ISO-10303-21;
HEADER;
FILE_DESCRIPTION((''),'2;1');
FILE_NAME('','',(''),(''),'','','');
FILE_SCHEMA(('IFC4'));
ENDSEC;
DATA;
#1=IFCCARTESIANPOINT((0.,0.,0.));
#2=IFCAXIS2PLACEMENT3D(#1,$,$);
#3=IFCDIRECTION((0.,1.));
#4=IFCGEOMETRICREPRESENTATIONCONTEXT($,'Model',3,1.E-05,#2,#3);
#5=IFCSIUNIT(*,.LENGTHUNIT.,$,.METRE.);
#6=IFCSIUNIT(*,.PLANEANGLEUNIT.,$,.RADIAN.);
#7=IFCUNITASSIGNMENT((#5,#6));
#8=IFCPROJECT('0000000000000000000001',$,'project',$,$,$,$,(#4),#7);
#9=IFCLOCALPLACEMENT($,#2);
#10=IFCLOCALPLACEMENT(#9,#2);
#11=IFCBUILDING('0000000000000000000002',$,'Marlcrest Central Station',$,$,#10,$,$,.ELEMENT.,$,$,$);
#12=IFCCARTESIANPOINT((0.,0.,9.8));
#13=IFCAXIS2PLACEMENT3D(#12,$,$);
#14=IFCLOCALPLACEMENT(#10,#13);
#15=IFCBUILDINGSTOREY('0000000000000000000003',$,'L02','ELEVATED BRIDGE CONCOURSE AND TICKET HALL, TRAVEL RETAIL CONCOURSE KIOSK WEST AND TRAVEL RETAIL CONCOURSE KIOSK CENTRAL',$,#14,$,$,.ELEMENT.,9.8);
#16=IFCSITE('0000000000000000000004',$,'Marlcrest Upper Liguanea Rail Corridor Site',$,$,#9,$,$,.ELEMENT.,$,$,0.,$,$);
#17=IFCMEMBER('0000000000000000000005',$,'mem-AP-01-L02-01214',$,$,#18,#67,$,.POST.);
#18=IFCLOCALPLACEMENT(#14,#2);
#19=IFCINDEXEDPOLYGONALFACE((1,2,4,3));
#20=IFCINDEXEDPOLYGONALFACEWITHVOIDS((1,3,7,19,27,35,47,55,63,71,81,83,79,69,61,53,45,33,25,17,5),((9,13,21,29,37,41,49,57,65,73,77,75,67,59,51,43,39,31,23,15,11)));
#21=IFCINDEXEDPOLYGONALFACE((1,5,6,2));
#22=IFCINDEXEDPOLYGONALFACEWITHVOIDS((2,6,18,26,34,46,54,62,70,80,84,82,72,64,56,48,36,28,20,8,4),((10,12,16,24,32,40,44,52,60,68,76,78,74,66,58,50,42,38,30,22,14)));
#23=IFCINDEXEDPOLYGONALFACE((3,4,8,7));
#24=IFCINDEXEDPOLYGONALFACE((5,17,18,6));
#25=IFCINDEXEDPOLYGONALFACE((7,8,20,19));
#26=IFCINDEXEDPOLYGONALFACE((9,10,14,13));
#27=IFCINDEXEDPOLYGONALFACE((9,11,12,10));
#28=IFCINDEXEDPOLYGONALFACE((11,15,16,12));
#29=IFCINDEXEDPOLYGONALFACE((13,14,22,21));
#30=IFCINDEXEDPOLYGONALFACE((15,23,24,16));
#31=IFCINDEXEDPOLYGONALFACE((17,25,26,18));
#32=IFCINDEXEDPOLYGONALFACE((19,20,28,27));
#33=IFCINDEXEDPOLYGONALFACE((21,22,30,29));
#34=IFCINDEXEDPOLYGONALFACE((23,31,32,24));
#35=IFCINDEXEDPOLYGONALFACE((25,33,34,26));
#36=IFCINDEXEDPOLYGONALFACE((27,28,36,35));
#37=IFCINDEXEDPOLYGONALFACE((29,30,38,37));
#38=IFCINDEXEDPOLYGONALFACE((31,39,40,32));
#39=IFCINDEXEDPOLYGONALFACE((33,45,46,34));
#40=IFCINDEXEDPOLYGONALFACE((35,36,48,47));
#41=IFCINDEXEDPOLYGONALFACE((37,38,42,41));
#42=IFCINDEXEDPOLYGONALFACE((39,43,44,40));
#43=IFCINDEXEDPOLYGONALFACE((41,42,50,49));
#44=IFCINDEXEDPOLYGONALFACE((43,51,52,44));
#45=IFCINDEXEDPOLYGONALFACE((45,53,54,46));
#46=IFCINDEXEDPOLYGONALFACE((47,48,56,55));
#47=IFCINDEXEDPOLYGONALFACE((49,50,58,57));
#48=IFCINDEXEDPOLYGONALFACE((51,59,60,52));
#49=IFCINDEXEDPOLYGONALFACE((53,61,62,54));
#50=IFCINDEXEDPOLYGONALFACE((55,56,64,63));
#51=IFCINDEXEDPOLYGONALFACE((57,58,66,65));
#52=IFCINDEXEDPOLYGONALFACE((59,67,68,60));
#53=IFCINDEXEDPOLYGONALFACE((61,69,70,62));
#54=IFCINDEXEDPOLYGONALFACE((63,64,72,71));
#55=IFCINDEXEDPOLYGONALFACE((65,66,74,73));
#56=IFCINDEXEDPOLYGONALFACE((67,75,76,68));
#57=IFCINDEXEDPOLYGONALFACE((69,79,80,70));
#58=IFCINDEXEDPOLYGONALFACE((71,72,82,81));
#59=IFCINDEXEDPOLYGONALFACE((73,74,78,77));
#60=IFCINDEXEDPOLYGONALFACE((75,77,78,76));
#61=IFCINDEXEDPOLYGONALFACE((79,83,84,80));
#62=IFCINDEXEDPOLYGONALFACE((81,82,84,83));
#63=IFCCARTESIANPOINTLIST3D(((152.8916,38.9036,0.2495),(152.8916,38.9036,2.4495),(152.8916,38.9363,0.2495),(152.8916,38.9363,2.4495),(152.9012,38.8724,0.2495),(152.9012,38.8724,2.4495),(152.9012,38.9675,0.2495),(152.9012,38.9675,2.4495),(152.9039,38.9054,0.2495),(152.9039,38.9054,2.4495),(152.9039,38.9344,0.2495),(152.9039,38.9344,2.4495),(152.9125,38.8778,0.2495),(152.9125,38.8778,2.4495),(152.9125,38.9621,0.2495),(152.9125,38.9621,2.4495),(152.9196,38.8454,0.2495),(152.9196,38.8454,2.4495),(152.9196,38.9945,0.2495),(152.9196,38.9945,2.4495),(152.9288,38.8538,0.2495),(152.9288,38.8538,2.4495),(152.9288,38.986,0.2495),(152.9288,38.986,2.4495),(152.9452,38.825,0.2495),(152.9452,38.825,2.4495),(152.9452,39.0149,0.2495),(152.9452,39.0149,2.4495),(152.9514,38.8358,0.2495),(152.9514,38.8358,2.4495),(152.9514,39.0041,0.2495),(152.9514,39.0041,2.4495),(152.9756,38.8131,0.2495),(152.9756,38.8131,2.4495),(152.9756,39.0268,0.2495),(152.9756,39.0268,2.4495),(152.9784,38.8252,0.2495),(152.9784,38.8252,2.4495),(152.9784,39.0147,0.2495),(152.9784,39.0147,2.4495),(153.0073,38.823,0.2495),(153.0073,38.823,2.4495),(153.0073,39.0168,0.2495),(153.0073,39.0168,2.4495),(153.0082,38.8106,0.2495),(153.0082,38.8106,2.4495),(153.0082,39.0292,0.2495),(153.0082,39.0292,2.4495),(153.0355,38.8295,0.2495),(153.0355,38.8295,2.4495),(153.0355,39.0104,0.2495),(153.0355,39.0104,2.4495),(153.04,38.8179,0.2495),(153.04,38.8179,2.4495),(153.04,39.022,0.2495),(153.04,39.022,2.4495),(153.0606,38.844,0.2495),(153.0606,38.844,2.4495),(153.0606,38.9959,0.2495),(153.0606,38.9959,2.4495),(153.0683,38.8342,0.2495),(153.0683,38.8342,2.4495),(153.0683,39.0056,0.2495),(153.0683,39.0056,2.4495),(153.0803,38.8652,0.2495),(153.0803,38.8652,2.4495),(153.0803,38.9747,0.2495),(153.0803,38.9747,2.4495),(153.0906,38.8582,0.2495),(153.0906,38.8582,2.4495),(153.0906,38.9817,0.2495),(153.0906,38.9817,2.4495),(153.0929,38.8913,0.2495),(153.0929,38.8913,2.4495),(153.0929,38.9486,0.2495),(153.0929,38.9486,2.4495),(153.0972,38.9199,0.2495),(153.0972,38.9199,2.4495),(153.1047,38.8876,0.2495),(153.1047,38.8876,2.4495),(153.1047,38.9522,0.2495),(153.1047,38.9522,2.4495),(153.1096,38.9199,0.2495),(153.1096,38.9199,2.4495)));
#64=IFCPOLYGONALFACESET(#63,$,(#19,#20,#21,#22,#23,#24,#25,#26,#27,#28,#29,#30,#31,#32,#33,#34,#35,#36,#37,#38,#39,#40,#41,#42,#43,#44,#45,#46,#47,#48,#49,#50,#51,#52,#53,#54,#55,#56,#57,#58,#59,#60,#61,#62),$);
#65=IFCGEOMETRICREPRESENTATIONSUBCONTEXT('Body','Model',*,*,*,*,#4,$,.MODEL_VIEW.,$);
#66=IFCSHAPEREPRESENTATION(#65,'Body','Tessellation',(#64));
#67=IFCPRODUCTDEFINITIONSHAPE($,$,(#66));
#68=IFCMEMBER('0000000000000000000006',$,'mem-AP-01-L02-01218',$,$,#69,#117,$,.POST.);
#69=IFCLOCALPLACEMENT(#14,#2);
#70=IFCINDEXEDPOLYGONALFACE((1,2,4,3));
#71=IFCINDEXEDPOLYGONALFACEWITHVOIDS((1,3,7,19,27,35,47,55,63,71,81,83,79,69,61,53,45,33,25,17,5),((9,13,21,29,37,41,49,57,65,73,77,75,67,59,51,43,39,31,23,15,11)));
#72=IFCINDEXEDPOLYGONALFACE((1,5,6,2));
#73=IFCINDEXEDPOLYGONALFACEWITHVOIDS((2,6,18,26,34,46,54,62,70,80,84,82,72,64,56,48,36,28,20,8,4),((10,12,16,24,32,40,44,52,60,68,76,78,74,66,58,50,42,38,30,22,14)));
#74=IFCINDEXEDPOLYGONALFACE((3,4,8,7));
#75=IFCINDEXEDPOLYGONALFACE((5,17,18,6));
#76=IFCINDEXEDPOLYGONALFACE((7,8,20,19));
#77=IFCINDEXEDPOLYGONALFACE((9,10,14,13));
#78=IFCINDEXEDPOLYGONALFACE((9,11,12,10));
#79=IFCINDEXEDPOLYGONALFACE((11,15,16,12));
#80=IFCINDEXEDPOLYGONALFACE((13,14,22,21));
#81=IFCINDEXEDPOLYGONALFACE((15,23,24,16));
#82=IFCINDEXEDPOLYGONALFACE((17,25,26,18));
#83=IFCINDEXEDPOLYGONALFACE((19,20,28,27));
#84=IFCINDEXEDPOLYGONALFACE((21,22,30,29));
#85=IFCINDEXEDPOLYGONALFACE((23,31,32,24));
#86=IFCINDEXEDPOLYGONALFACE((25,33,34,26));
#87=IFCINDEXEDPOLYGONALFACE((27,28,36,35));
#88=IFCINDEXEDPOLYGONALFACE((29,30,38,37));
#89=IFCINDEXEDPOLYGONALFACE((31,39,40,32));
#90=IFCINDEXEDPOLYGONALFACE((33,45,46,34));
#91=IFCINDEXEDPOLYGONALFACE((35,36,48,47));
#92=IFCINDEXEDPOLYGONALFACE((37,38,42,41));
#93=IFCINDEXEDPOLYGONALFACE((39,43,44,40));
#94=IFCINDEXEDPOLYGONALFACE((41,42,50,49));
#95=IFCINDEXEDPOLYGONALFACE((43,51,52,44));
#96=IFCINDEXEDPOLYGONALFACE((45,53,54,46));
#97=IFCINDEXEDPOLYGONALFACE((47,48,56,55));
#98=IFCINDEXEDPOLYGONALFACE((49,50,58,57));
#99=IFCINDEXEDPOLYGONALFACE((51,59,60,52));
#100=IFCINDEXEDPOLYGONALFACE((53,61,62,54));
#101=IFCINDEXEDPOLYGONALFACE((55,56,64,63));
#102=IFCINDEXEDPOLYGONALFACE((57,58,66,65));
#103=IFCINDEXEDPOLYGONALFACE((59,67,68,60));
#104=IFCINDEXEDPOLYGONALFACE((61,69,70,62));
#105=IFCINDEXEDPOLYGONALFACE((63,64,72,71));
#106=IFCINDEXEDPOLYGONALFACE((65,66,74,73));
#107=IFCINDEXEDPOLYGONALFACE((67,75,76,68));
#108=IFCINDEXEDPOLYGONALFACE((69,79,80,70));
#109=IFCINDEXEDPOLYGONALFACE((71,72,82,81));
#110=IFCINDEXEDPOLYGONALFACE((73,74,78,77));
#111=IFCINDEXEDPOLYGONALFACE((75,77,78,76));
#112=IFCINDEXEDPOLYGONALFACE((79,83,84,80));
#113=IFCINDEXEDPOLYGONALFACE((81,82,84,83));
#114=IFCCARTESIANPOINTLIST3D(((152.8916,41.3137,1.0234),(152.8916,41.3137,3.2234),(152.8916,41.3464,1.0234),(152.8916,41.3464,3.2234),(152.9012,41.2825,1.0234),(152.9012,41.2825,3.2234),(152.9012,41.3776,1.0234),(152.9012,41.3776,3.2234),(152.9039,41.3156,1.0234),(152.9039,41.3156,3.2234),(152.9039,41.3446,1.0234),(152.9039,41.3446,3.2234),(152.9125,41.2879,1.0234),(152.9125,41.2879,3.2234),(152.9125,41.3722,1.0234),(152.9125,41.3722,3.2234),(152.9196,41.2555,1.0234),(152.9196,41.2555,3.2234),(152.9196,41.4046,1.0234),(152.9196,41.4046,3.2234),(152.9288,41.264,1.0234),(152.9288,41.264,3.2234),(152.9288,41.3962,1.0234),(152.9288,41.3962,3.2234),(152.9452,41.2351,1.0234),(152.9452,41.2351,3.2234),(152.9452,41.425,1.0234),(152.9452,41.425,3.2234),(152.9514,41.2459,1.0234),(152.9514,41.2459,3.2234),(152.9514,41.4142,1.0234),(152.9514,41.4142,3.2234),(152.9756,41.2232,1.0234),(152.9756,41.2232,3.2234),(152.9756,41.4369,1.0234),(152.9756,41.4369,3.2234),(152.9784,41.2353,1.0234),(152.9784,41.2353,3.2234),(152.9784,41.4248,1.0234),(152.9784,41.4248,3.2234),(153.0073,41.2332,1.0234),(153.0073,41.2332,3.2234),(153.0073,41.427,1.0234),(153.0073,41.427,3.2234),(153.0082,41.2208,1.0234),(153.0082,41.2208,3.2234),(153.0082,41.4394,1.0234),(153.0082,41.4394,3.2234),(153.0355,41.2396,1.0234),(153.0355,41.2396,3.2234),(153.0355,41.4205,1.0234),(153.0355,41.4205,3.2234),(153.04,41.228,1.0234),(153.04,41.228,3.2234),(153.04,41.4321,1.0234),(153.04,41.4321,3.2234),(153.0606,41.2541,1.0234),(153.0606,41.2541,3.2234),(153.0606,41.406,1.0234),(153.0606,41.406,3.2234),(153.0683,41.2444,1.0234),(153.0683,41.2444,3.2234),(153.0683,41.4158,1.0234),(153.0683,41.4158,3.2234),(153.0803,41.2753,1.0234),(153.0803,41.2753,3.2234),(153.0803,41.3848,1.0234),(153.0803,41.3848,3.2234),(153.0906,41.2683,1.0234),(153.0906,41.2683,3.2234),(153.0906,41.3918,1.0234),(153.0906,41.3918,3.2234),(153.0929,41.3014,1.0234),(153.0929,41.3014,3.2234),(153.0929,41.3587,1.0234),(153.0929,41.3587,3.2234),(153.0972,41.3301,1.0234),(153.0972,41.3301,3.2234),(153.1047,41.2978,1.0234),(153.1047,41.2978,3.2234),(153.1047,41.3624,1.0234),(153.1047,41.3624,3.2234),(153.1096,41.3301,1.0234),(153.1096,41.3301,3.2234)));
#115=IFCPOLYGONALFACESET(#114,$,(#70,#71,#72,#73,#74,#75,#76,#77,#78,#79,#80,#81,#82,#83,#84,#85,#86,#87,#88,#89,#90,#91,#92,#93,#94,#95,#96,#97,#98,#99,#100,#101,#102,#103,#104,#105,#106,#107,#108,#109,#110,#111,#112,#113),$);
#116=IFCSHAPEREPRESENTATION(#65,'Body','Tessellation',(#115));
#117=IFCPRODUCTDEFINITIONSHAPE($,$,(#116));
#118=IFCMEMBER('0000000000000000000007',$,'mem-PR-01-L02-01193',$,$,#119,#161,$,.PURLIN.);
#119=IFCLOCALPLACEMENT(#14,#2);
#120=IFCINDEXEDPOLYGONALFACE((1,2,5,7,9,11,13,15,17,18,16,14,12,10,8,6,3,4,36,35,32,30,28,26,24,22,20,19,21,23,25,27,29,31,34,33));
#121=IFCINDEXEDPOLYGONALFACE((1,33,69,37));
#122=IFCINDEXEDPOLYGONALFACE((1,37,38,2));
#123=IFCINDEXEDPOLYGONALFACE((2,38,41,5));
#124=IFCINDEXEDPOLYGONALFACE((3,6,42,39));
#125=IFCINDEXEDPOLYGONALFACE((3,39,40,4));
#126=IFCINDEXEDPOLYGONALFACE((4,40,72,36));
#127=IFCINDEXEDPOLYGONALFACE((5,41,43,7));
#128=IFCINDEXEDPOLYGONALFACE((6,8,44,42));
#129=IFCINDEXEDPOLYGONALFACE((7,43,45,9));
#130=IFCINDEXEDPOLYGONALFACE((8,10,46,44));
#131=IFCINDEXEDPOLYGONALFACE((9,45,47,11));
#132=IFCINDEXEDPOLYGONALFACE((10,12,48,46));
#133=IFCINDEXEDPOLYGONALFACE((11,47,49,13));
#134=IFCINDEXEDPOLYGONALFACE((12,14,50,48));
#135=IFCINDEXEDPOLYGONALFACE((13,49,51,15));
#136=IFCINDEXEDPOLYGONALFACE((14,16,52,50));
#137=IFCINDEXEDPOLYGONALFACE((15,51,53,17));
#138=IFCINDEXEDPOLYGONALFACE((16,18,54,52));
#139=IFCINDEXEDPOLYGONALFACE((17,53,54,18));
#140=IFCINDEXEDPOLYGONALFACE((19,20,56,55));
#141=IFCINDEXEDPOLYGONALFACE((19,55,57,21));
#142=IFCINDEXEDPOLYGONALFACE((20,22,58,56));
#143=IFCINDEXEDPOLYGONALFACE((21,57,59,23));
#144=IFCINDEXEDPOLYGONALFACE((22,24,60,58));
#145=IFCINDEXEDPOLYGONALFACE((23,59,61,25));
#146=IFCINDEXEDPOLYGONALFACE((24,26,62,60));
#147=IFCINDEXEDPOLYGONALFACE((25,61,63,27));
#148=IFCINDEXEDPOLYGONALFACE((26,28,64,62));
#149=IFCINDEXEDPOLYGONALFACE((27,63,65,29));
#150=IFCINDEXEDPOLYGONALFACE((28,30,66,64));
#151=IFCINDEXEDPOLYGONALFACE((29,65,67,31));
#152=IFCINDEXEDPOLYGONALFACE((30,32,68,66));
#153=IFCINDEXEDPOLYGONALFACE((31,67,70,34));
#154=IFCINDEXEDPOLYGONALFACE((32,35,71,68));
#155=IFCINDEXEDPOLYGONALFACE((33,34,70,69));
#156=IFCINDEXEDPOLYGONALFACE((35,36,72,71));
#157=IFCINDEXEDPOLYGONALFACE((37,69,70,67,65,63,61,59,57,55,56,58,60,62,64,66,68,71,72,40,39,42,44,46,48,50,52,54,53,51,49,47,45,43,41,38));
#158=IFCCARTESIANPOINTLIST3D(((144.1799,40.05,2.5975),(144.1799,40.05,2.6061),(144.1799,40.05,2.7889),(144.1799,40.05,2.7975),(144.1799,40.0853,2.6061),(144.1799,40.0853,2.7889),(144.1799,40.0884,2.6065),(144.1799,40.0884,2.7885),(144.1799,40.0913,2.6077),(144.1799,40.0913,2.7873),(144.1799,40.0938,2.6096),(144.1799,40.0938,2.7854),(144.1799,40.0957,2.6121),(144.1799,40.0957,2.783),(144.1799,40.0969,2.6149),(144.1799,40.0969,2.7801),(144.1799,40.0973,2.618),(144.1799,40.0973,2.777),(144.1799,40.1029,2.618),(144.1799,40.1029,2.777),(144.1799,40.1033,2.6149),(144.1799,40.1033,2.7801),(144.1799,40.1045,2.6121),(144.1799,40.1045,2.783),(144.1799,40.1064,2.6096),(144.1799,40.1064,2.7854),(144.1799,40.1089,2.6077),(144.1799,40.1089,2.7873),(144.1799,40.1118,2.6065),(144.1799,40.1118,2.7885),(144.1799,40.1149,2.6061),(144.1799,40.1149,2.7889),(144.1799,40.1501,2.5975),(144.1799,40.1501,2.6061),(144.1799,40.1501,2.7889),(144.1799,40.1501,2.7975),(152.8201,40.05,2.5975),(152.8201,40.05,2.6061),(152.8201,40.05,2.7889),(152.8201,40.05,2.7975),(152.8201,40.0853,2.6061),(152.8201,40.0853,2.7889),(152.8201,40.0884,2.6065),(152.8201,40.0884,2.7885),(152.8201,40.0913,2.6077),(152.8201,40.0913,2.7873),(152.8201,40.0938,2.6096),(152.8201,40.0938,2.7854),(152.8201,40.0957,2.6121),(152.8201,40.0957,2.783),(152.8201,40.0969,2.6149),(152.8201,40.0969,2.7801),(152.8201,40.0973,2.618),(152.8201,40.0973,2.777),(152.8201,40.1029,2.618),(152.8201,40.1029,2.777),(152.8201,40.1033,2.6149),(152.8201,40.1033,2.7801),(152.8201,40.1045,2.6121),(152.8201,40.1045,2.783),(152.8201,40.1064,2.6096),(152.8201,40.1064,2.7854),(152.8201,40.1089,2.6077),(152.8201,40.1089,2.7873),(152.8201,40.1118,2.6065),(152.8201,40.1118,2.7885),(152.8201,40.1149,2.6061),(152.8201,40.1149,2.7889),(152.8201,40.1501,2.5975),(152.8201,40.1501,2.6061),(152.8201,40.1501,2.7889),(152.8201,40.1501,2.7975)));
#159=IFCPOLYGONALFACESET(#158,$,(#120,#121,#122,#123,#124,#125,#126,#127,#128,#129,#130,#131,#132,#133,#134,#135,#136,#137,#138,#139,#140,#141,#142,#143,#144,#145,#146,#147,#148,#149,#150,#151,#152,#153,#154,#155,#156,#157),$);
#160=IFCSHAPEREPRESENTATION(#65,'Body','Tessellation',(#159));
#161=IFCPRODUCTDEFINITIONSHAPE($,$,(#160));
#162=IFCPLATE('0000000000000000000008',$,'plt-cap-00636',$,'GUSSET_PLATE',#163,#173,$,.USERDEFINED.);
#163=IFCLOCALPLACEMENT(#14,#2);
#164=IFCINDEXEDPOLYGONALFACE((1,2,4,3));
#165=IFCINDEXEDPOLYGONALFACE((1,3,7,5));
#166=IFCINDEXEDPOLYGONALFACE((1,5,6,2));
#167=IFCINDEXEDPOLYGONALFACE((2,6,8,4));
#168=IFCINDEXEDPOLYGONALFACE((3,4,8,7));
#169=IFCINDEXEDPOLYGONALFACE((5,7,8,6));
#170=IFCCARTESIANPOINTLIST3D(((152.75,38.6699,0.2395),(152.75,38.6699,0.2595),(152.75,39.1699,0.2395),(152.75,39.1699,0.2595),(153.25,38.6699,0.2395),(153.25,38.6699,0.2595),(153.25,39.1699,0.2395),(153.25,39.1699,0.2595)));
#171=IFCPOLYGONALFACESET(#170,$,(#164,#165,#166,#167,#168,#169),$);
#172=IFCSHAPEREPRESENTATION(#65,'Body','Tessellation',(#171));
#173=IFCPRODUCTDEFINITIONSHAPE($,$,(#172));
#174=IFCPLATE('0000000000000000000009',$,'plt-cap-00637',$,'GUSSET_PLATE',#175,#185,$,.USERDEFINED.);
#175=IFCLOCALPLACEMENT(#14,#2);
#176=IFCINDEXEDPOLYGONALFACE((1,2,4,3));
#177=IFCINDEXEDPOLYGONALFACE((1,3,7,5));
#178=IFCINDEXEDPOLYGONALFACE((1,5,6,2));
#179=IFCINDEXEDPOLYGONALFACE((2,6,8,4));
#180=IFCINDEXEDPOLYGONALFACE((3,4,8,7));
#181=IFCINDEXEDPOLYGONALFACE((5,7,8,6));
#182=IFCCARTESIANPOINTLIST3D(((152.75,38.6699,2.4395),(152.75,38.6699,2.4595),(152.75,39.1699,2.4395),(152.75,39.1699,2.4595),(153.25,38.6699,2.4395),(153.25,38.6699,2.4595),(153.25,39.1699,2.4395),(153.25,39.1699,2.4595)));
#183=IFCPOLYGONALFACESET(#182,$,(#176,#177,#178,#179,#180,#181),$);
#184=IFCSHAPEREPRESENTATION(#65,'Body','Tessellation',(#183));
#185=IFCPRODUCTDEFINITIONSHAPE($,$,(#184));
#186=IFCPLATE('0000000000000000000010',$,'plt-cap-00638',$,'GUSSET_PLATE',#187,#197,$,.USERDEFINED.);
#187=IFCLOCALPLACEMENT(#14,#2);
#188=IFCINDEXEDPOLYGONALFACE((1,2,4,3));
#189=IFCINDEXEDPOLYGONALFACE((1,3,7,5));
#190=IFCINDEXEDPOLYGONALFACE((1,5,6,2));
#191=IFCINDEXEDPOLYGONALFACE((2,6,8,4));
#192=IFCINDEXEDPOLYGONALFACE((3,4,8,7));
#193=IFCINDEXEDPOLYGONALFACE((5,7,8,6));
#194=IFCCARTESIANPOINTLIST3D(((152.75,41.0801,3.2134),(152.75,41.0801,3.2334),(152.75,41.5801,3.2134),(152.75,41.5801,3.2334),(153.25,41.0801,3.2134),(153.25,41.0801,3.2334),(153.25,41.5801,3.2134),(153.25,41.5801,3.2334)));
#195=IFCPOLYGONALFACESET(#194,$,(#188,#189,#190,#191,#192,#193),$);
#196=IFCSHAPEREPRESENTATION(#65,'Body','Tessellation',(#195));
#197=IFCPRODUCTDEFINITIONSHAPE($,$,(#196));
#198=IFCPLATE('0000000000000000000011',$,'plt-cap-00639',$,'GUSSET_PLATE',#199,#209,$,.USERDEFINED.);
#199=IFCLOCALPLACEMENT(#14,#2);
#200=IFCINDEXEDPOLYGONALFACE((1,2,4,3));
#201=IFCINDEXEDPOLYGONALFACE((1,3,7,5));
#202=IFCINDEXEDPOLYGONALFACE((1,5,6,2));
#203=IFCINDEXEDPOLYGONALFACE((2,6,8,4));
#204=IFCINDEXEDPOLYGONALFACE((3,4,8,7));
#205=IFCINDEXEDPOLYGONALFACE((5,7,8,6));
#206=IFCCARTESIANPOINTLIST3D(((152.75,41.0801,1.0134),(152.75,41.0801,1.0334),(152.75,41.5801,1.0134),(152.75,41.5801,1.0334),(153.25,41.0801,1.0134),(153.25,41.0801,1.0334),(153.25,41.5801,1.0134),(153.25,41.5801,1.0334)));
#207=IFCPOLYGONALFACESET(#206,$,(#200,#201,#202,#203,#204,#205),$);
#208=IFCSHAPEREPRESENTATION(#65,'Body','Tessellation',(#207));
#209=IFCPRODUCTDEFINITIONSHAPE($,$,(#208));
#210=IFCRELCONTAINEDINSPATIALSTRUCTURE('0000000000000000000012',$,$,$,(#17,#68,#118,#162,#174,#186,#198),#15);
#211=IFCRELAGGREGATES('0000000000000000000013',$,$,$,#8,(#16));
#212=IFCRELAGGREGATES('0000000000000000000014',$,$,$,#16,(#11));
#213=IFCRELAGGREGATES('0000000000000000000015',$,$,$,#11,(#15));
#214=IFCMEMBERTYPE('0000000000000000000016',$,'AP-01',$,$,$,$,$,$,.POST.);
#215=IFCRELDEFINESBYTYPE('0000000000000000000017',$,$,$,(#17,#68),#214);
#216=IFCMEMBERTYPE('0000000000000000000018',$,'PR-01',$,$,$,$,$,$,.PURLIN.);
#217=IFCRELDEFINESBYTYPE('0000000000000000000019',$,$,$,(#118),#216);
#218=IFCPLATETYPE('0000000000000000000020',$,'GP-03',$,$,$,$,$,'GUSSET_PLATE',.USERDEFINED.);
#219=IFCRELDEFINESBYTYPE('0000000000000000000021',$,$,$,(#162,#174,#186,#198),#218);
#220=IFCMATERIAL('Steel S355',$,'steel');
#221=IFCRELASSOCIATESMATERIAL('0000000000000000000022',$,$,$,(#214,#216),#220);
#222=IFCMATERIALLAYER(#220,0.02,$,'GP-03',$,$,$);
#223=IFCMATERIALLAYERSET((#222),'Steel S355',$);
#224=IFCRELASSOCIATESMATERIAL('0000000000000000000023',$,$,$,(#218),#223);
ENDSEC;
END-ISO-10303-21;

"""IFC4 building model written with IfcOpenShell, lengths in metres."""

from ifc_helpers import new_model, si_unit, direction, frame, origin, origin_2d, place, context, subcontext, project, spatial, rectangle, hollow_circle, i_section, extrude, material, layer, layer_set, material_profile, profile_set, type_object, element, save


model = new_model("IFC4")

# Units and contexts
model_context = context("Model", 3, precision=1e-05, world=origin(), true_north=direction((0.0, 1.0)))
body_context = subcontext(model_context, "Body", "Model", "MODEL_VIEW")
ifc_project = project(units=[si_unit("LENGTHUNIT", "METRE"), si_unit("PLANEANGLEUNIT", "RADIAN")], contexts=[model_context])

# Site, building, storey
site_placement = place(None, origin())
site = spatial("IfcSite", under=ifc_project, at=site_placement, Name="Marlcrest Upper Liguanea Rail Corridor Site", CompositionType="ELEMENT", RefElevation=0.0)
building_placement = place(site_placement, origin())
building = spatial("IfcBuilding", under=site, at=building_placement, Name="Marlcrest Central Station", CompositionType="ELEMENT")
storey_placement = place(building_placement, frame((0.0, 0.0, 9.8)))
storey = spatial("IfcBuildingStorey", under=building, at=storey_placement, Name="L02", Description="ELEVATED BRIDGE CONCOURSE AND TICKET HALL, TRAVEL RETAIL CONCOURSE KIOSK WEST AND TRAVEL RETAIL CONCOURSE KIOSK CENTRAL", CompositionType="ELEMENT", Elevation=9.8)

# Members
ifc_material_1 = material(Name="Steel S355", Category="steel")
ifc_material_profile_1 = material_profile(ifc_material_1, hollow_circle(Radius=0.1096, WallThickness=0.0125, at=origin_2d()), Name="CHS 219.1x12.5")
ifc_profile_set_1 = profile_set([ifc_material_profile_1], Name="Steel S355")
member_type_1 = type_object("IfcMemberType", Name="AP-01", PredefinedType="POST", material=ifc_profile_set_1)
for number, where, z_axis, x_axis, name in (
    (1, (153.0, 38.9199, 0.2495), (0.0, 0.0, 1.0), (1.0, 0.0, 0.0), "mem-AP-01-L02-01214"),
    (2, (153.0, 41.3301, 1.0234), (0.0, 0.0, 1.0), (1.0, 0.0, 0.0), "mem-AP-01-L02-01218"),
):
    element("IfcMember", number, at=place(storey_placement, frame(where, z_axis=z_axis, x_axis=x_axis)), inside=storey, type_object=member_type_1, Name=name, PredefinedType="POST", context=body_context, shape_type="SweptSolid", body=[
        extrude(hollow_circle(Radius=0.1096, WallThickness=0.0125, at=origin_2d()), origin(), (0.0, 0.0, 1.0), 2.2),
    ])
ifc_material_profile_2 = material_profile(ifc_material_1, i_section(OverallWidth=0.1001, OverallDepth=0.2, WebThickness=0.0056, FlangeThickness=0.0085, FilletRadius=0.012, at=origin_2d()), Name="IPE 200")
ifc_profile_set_2 = profile_set([ifc_material_profile_2], Name="Steel S355")
member_type_2 = type_object("IfcMemberType", Name="PR-01", PredefinedType="PURLIN", material=ifc_profile_set_2)
member_1_placement = place(storey_placement, frame((144.1799, 40.1001, 2.6975), z_axis=(1.0, 0.0, 0.0), x_axis=(0.0, 1.0, 0.0)))
element("IfcMember", 3, at=member_1_placement, inside=storey, type_object=member_type_2, Name="mem-PR-01-L02-01193", PredefinedType="PURLIN", context=body_context, shape_type="SweptSolid", body=[
    extrude(i_section(OverallWidth=0.1001, OverallDepth=0.2, WebThickness=0.0056, FlangeThickness=0.0085, FilletRadius=0.012, at=origin_2d()), origin(), (0.0, 0.0, 1.0), 8.6401),
])

# Plates
ifc_layer_1 = layer(ifc_material_1, 0.02, Name="GP-03")
ifc_layer_set_1 = layer_set([ifc_layer_1], Name="Steel S355")
plate_type = type_object("IfcPlateType", Name="GP-03", ElementType="GUSSET_PLATE", PredefinedType="USERDEFINED", material=ifc_layer_set_1)
for number, where, z_axis, x_axis, name in (
    (4, (153.0, 38.9199, 0.2395), (0.0, 0.0, 1.0), (1.0, 0.0, 0.0), "plt-cap-00636"),
    (5, (153.0, 38.9199, 2.4395), (0.0, 0.0, 1.0), (1.0, 0.0, 0.0), "plt-cap-00637"),
    (6, (153.0, 41.3301, 3.2134), (0.0, 0.0, 1.0), (1.0, 0.0, 0.0), "plt-cap-00638"),
    (7, (153.0, 41.3301, 1.0134), (0.0, 0.0, 1.0), (1.0, 0.0, 0.0), "plt-cap-00639"),
):
    element("IfcPlate", number, at=place(storey_placement, frame(where, z_axis=z_axis, x_axis=x_axis)), inside=storey, type_object=plate_type, Name=name, ObjectType="GUSSET_PLATE", PredefinedType="USERDEFINED", context=body_context, shape_type="SweptSolid", body=[
        extrude(rectangle(XDim=0.5, YDim=0.5, at=origin_2d()), origin(), (0.0, 0.0, 1.0), 0.02),
    ])

save(model, "model.ifc")
